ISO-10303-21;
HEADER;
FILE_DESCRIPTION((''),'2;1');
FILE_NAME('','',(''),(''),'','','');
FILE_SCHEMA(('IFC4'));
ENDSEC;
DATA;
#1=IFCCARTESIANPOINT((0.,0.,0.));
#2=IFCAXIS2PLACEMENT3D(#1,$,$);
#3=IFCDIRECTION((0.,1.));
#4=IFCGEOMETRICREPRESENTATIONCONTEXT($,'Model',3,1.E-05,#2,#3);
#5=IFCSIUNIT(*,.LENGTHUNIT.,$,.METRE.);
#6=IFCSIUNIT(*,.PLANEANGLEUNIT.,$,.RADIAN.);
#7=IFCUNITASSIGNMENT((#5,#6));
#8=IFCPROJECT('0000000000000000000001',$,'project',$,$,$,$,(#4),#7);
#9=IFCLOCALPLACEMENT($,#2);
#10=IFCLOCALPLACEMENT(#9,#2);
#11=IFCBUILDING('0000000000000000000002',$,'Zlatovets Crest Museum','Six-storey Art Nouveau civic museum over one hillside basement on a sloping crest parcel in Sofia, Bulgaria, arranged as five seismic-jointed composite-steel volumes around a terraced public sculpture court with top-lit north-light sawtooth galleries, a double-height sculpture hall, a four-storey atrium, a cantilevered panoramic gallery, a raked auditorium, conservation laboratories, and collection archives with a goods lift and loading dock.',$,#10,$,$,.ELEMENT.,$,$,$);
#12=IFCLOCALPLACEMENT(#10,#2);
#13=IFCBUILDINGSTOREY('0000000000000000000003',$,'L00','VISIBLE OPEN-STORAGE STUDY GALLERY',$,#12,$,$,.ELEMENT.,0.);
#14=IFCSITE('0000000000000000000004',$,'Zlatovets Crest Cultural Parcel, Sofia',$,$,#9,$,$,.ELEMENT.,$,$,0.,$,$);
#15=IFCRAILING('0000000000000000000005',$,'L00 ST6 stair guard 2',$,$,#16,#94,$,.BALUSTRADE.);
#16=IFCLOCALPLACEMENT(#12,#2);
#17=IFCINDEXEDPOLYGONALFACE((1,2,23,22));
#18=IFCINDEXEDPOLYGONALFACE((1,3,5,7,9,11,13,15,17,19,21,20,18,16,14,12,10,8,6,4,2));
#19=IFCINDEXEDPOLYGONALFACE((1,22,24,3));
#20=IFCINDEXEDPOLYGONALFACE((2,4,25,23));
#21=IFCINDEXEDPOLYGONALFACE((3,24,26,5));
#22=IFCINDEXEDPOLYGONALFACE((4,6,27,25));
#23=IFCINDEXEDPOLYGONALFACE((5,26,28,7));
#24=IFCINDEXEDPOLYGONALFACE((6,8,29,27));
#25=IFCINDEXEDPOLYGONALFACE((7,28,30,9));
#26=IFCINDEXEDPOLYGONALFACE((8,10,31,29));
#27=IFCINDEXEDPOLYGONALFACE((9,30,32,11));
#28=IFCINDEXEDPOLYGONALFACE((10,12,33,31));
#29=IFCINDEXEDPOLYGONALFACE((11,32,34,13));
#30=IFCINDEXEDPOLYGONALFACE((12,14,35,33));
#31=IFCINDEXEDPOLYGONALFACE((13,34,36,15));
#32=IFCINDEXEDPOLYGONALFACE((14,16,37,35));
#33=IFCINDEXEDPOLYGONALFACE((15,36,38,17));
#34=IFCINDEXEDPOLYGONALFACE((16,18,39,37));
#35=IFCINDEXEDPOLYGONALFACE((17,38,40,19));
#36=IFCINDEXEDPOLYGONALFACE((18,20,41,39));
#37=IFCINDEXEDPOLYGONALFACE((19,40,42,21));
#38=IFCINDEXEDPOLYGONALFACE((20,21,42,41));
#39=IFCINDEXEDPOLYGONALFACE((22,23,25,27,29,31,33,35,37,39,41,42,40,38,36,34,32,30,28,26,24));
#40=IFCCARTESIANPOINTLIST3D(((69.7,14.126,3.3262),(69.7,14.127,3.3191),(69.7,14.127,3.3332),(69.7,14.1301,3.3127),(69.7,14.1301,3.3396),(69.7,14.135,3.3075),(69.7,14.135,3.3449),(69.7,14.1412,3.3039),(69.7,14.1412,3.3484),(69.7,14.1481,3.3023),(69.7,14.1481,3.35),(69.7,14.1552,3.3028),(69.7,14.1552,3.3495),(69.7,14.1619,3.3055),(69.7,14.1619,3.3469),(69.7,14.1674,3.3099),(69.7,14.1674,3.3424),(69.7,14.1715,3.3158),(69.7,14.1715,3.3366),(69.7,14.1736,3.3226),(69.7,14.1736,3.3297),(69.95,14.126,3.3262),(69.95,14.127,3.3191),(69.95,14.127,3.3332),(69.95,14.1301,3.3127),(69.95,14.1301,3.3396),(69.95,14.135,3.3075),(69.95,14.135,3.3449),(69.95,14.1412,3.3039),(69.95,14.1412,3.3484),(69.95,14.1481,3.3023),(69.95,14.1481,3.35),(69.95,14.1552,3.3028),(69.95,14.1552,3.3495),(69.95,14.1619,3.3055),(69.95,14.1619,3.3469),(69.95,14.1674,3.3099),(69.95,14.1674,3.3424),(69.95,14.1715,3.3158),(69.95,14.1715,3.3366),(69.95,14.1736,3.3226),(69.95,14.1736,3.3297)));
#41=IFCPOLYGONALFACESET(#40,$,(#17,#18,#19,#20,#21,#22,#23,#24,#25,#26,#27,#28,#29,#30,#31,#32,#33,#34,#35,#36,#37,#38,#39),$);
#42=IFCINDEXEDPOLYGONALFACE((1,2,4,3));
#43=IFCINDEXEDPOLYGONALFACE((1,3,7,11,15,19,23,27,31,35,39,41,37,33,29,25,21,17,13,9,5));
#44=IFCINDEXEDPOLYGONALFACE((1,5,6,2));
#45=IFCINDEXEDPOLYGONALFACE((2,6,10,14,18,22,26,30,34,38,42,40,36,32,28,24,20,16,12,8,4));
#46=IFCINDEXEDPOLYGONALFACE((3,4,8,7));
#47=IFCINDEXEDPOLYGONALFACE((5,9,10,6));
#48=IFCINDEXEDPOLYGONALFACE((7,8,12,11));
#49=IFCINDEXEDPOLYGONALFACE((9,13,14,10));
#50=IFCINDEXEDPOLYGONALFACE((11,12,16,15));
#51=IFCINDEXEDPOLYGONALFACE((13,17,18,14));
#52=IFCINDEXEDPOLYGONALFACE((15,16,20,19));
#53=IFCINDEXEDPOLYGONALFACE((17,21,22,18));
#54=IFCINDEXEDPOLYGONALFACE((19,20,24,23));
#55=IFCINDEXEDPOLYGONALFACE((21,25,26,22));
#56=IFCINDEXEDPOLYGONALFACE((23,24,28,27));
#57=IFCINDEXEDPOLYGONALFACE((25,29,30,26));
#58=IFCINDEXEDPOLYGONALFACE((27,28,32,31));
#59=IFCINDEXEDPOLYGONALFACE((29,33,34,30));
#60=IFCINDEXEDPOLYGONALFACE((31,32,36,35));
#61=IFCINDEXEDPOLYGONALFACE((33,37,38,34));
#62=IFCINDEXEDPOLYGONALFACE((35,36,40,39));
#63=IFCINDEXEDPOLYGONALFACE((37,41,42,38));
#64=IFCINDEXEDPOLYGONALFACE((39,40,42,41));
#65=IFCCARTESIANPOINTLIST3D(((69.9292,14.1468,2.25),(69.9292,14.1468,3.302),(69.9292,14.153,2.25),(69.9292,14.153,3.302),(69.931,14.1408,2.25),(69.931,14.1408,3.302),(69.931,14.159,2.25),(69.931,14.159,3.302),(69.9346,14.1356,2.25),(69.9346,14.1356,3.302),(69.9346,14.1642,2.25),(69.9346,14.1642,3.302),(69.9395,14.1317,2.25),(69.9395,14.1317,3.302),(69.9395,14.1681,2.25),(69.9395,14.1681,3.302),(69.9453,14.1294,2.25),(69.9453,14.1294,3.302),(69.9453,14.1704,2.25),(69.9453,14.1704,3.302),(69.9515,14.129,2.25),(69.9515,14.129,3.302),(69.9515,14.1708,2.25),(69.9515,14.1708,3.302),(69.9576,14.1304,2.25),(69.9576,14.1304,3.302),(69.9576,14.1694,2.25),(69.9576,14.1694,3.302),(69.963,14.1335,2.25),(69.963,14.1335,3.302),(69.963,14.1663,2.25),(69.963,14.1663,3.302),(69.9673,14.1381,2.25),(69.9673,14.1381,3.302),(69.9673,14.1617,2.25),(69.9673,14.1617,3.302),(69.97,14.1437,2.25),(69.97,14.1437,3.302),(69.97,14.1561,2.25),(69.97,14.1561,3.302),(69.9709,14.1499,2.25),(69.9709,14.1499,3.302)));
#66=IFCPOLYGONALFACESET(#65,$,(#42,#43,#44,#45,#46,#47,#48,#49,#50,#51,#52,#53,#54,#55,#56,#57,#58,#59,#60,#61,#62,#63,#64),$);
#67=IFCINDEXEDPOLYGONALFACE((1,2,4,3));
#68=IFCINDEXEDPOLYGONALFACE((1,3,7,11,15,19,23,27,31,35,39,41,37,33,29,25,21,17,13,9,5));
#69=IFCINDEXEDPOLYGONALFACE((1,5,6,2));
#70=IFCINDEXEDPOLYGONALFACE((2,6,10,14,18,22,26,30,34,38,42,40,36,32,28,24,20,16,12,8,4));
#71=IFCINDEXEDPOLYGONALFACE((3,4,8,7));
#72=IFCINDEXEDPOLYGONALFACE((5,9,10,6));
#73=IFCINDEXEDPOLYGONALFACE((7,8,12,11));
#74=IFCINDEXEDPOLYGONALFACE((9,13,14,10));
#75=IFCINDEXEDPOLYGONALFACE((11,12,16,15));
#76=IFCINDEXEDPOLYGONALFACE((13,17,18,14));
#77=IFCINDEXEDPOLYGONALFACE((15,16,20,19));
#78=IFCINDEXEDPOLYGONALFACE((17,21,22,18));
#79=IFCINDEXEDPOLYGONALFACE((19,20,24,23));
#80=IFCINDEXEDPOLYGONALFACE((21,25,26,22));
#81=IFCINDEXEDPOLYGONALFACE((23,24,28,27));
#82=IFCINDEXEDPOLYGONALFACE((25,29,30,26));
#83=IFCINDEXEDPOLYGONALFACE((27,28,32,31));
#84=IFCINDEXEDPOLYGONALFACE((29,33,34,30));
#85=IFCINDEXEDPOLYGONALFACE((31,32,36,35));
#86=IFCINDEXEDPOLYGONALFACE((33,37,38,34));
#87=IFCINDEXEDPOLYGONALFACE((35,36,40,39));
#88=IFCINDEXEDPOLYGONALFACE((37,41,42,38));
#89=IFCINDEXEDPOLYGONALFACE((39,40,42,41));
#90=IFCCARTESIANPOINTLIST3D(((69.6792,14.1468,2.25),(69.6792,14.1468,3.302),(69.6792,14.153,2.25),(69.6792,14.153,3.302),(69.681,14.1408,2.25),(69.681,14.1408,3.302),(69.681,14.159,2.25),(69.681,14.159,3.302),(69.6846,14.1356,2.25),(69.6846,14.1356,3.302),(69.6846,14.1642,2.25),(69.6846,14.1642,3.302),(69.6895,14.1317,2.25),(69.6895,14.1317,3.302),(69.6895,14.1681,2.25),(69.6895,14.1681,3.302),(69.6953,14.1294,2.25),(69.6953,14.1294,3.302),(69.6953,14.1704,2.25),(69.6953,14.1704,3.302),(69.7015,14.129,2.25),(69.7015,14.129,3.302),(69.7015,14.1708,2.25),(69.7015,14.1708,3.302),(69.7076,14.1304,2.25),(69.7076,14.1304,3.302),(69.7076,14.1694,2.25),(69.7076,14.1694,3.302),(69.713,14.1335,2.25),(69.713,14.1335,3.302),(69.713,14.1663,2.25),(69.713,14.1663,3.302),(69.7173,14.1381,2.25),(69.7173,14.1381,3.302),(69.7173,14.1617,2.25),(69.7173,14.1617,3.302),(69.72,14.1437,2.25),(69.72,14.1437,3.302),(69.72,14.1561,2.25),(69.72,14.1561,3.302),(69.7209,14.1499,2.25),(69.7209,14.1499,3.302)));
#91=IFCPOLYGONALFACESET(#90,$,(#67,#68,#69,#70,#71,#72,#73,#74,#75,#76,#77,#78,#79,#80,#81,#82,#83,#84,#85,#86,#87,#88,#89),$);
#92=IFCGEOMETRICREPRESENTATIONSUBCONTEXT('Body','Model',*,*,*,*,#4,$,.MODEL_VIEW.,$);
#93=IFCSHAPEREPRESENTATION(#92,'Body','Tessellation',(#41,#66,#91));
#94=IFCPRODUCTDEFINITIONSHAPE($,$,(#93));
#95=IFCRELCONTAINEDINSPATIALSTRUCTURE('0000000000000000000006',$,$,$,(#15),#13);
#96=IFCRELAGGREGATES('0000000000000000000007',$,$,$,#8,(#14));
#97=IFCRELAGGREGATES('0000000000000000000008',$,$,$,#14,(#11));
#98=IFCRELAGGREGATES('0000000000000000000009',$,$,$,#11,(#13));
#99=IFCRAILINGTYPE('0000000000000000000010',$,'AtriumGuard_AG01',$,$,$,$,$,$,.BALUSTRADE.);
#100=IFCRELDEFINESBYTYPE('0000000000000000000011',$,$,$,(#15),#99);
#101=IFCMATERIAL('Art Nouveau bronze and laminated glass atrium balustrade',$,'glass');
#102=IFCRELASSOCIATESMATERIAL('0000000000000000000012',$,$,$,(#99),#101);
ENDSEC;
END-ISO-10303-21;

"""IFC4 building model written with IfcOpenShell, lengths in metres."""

from ifc_helpers import new_model, si_unit, direction, frame, origin, origin_2d, place, context, subcontext, project, spatial, circle, extrude, material, type_object, element, save


model = new_model("IFC4")

# Units and contexts
model_context = context("Model", 3, precision=1e-05, world=origin(), true_north=direction((0.0, 1.0)))
body_context = subcontext(model_context, "Body", "Model", "MODEL_VIEW")
ifc_project = project(units=[si_unit("LENGTHUNIT", "METRE"), si_unit("PLANEANGLEUNIT", "RADIAN")], contexts=[model_context])

# Site, building, storey
site_placement = place(None, origin())
site = spatial("IfcSite", under=ifc_project, at=site_placement, Name="Zlatovets Crest Cultural Parcel, Sofia", CompositionType="ELEMENT", RefElevation=0.0)
building_placement = place(site_placement, origin())
building = spatial("IfcBuilding", under=site, at=building_placement, Name="Zlatovets Crest Museum", Description="Six-storey Art Nouveau civic museum over one hillside basement on a sloping crest parcel in Sofia, Bulgaria, arranged as five seismic-jointed composite-steel volumes around a terraced public sculpture court with top-lit north-light sawtooth galleries, a double-height sculpture hall, a four-storey atrium, a cantilevered panoramic gallery, a raked auditorium, conservation laboratories, and collection archives with a goods lift and loading dock.", CompositionType="ELEMENT")
storey_placement = place(building_placement, origin())
storey = spatial("IfcBuildingStorey", under=building, at=storey_placement, Name="L00", Description="VISIBLE OPEN-STORAGE STUDY GALLERY", CompositionType="ELEMENT", Elevation=0.0)

# Railing
ifc_material_1 = material(Name="Art Nouveau bronze and laminated glass atrium balustrade", Category="glass")
railing_type_1 = type_object("IfcRailingType", Name="AtriumGuard_AG01", PredefinedType="BALUSTRADE", material=ifc_material_1)
railing_1_placement = place(storey_placement, frame((69.95, 14.1499, 2.25)))
element("IfcRailing", 1, at=railing_1_placement, inside=storey, type_object=railing_type_1, Name="L00 ST6 stair guard 2", PredefinedType="BALUSTRADE", context=body_context, shape_type="SweptSolid", body=[
    extrude(circle(Radius=0.0239, at=origin_2d()), frame((0.0, 0.0, 1.0762), z_axis=(-1.0, 0.0, 0.0), x_axis=(0.0, -1.0, 0.0)), (0.0, 0.0, 1.0), 0.25),
    extrude(circle(Radius=0.021, at=origin_2d()), origin(), (0.0, 0.0, 1.0), 1.052),
    extrude(circle(Radius=0.021, at=origin_2d()), frame((-0.25, 0.0, 0.0)), (0.0, 0.0, 1.0), 1.052),
])

save(model, "model.ifc")
